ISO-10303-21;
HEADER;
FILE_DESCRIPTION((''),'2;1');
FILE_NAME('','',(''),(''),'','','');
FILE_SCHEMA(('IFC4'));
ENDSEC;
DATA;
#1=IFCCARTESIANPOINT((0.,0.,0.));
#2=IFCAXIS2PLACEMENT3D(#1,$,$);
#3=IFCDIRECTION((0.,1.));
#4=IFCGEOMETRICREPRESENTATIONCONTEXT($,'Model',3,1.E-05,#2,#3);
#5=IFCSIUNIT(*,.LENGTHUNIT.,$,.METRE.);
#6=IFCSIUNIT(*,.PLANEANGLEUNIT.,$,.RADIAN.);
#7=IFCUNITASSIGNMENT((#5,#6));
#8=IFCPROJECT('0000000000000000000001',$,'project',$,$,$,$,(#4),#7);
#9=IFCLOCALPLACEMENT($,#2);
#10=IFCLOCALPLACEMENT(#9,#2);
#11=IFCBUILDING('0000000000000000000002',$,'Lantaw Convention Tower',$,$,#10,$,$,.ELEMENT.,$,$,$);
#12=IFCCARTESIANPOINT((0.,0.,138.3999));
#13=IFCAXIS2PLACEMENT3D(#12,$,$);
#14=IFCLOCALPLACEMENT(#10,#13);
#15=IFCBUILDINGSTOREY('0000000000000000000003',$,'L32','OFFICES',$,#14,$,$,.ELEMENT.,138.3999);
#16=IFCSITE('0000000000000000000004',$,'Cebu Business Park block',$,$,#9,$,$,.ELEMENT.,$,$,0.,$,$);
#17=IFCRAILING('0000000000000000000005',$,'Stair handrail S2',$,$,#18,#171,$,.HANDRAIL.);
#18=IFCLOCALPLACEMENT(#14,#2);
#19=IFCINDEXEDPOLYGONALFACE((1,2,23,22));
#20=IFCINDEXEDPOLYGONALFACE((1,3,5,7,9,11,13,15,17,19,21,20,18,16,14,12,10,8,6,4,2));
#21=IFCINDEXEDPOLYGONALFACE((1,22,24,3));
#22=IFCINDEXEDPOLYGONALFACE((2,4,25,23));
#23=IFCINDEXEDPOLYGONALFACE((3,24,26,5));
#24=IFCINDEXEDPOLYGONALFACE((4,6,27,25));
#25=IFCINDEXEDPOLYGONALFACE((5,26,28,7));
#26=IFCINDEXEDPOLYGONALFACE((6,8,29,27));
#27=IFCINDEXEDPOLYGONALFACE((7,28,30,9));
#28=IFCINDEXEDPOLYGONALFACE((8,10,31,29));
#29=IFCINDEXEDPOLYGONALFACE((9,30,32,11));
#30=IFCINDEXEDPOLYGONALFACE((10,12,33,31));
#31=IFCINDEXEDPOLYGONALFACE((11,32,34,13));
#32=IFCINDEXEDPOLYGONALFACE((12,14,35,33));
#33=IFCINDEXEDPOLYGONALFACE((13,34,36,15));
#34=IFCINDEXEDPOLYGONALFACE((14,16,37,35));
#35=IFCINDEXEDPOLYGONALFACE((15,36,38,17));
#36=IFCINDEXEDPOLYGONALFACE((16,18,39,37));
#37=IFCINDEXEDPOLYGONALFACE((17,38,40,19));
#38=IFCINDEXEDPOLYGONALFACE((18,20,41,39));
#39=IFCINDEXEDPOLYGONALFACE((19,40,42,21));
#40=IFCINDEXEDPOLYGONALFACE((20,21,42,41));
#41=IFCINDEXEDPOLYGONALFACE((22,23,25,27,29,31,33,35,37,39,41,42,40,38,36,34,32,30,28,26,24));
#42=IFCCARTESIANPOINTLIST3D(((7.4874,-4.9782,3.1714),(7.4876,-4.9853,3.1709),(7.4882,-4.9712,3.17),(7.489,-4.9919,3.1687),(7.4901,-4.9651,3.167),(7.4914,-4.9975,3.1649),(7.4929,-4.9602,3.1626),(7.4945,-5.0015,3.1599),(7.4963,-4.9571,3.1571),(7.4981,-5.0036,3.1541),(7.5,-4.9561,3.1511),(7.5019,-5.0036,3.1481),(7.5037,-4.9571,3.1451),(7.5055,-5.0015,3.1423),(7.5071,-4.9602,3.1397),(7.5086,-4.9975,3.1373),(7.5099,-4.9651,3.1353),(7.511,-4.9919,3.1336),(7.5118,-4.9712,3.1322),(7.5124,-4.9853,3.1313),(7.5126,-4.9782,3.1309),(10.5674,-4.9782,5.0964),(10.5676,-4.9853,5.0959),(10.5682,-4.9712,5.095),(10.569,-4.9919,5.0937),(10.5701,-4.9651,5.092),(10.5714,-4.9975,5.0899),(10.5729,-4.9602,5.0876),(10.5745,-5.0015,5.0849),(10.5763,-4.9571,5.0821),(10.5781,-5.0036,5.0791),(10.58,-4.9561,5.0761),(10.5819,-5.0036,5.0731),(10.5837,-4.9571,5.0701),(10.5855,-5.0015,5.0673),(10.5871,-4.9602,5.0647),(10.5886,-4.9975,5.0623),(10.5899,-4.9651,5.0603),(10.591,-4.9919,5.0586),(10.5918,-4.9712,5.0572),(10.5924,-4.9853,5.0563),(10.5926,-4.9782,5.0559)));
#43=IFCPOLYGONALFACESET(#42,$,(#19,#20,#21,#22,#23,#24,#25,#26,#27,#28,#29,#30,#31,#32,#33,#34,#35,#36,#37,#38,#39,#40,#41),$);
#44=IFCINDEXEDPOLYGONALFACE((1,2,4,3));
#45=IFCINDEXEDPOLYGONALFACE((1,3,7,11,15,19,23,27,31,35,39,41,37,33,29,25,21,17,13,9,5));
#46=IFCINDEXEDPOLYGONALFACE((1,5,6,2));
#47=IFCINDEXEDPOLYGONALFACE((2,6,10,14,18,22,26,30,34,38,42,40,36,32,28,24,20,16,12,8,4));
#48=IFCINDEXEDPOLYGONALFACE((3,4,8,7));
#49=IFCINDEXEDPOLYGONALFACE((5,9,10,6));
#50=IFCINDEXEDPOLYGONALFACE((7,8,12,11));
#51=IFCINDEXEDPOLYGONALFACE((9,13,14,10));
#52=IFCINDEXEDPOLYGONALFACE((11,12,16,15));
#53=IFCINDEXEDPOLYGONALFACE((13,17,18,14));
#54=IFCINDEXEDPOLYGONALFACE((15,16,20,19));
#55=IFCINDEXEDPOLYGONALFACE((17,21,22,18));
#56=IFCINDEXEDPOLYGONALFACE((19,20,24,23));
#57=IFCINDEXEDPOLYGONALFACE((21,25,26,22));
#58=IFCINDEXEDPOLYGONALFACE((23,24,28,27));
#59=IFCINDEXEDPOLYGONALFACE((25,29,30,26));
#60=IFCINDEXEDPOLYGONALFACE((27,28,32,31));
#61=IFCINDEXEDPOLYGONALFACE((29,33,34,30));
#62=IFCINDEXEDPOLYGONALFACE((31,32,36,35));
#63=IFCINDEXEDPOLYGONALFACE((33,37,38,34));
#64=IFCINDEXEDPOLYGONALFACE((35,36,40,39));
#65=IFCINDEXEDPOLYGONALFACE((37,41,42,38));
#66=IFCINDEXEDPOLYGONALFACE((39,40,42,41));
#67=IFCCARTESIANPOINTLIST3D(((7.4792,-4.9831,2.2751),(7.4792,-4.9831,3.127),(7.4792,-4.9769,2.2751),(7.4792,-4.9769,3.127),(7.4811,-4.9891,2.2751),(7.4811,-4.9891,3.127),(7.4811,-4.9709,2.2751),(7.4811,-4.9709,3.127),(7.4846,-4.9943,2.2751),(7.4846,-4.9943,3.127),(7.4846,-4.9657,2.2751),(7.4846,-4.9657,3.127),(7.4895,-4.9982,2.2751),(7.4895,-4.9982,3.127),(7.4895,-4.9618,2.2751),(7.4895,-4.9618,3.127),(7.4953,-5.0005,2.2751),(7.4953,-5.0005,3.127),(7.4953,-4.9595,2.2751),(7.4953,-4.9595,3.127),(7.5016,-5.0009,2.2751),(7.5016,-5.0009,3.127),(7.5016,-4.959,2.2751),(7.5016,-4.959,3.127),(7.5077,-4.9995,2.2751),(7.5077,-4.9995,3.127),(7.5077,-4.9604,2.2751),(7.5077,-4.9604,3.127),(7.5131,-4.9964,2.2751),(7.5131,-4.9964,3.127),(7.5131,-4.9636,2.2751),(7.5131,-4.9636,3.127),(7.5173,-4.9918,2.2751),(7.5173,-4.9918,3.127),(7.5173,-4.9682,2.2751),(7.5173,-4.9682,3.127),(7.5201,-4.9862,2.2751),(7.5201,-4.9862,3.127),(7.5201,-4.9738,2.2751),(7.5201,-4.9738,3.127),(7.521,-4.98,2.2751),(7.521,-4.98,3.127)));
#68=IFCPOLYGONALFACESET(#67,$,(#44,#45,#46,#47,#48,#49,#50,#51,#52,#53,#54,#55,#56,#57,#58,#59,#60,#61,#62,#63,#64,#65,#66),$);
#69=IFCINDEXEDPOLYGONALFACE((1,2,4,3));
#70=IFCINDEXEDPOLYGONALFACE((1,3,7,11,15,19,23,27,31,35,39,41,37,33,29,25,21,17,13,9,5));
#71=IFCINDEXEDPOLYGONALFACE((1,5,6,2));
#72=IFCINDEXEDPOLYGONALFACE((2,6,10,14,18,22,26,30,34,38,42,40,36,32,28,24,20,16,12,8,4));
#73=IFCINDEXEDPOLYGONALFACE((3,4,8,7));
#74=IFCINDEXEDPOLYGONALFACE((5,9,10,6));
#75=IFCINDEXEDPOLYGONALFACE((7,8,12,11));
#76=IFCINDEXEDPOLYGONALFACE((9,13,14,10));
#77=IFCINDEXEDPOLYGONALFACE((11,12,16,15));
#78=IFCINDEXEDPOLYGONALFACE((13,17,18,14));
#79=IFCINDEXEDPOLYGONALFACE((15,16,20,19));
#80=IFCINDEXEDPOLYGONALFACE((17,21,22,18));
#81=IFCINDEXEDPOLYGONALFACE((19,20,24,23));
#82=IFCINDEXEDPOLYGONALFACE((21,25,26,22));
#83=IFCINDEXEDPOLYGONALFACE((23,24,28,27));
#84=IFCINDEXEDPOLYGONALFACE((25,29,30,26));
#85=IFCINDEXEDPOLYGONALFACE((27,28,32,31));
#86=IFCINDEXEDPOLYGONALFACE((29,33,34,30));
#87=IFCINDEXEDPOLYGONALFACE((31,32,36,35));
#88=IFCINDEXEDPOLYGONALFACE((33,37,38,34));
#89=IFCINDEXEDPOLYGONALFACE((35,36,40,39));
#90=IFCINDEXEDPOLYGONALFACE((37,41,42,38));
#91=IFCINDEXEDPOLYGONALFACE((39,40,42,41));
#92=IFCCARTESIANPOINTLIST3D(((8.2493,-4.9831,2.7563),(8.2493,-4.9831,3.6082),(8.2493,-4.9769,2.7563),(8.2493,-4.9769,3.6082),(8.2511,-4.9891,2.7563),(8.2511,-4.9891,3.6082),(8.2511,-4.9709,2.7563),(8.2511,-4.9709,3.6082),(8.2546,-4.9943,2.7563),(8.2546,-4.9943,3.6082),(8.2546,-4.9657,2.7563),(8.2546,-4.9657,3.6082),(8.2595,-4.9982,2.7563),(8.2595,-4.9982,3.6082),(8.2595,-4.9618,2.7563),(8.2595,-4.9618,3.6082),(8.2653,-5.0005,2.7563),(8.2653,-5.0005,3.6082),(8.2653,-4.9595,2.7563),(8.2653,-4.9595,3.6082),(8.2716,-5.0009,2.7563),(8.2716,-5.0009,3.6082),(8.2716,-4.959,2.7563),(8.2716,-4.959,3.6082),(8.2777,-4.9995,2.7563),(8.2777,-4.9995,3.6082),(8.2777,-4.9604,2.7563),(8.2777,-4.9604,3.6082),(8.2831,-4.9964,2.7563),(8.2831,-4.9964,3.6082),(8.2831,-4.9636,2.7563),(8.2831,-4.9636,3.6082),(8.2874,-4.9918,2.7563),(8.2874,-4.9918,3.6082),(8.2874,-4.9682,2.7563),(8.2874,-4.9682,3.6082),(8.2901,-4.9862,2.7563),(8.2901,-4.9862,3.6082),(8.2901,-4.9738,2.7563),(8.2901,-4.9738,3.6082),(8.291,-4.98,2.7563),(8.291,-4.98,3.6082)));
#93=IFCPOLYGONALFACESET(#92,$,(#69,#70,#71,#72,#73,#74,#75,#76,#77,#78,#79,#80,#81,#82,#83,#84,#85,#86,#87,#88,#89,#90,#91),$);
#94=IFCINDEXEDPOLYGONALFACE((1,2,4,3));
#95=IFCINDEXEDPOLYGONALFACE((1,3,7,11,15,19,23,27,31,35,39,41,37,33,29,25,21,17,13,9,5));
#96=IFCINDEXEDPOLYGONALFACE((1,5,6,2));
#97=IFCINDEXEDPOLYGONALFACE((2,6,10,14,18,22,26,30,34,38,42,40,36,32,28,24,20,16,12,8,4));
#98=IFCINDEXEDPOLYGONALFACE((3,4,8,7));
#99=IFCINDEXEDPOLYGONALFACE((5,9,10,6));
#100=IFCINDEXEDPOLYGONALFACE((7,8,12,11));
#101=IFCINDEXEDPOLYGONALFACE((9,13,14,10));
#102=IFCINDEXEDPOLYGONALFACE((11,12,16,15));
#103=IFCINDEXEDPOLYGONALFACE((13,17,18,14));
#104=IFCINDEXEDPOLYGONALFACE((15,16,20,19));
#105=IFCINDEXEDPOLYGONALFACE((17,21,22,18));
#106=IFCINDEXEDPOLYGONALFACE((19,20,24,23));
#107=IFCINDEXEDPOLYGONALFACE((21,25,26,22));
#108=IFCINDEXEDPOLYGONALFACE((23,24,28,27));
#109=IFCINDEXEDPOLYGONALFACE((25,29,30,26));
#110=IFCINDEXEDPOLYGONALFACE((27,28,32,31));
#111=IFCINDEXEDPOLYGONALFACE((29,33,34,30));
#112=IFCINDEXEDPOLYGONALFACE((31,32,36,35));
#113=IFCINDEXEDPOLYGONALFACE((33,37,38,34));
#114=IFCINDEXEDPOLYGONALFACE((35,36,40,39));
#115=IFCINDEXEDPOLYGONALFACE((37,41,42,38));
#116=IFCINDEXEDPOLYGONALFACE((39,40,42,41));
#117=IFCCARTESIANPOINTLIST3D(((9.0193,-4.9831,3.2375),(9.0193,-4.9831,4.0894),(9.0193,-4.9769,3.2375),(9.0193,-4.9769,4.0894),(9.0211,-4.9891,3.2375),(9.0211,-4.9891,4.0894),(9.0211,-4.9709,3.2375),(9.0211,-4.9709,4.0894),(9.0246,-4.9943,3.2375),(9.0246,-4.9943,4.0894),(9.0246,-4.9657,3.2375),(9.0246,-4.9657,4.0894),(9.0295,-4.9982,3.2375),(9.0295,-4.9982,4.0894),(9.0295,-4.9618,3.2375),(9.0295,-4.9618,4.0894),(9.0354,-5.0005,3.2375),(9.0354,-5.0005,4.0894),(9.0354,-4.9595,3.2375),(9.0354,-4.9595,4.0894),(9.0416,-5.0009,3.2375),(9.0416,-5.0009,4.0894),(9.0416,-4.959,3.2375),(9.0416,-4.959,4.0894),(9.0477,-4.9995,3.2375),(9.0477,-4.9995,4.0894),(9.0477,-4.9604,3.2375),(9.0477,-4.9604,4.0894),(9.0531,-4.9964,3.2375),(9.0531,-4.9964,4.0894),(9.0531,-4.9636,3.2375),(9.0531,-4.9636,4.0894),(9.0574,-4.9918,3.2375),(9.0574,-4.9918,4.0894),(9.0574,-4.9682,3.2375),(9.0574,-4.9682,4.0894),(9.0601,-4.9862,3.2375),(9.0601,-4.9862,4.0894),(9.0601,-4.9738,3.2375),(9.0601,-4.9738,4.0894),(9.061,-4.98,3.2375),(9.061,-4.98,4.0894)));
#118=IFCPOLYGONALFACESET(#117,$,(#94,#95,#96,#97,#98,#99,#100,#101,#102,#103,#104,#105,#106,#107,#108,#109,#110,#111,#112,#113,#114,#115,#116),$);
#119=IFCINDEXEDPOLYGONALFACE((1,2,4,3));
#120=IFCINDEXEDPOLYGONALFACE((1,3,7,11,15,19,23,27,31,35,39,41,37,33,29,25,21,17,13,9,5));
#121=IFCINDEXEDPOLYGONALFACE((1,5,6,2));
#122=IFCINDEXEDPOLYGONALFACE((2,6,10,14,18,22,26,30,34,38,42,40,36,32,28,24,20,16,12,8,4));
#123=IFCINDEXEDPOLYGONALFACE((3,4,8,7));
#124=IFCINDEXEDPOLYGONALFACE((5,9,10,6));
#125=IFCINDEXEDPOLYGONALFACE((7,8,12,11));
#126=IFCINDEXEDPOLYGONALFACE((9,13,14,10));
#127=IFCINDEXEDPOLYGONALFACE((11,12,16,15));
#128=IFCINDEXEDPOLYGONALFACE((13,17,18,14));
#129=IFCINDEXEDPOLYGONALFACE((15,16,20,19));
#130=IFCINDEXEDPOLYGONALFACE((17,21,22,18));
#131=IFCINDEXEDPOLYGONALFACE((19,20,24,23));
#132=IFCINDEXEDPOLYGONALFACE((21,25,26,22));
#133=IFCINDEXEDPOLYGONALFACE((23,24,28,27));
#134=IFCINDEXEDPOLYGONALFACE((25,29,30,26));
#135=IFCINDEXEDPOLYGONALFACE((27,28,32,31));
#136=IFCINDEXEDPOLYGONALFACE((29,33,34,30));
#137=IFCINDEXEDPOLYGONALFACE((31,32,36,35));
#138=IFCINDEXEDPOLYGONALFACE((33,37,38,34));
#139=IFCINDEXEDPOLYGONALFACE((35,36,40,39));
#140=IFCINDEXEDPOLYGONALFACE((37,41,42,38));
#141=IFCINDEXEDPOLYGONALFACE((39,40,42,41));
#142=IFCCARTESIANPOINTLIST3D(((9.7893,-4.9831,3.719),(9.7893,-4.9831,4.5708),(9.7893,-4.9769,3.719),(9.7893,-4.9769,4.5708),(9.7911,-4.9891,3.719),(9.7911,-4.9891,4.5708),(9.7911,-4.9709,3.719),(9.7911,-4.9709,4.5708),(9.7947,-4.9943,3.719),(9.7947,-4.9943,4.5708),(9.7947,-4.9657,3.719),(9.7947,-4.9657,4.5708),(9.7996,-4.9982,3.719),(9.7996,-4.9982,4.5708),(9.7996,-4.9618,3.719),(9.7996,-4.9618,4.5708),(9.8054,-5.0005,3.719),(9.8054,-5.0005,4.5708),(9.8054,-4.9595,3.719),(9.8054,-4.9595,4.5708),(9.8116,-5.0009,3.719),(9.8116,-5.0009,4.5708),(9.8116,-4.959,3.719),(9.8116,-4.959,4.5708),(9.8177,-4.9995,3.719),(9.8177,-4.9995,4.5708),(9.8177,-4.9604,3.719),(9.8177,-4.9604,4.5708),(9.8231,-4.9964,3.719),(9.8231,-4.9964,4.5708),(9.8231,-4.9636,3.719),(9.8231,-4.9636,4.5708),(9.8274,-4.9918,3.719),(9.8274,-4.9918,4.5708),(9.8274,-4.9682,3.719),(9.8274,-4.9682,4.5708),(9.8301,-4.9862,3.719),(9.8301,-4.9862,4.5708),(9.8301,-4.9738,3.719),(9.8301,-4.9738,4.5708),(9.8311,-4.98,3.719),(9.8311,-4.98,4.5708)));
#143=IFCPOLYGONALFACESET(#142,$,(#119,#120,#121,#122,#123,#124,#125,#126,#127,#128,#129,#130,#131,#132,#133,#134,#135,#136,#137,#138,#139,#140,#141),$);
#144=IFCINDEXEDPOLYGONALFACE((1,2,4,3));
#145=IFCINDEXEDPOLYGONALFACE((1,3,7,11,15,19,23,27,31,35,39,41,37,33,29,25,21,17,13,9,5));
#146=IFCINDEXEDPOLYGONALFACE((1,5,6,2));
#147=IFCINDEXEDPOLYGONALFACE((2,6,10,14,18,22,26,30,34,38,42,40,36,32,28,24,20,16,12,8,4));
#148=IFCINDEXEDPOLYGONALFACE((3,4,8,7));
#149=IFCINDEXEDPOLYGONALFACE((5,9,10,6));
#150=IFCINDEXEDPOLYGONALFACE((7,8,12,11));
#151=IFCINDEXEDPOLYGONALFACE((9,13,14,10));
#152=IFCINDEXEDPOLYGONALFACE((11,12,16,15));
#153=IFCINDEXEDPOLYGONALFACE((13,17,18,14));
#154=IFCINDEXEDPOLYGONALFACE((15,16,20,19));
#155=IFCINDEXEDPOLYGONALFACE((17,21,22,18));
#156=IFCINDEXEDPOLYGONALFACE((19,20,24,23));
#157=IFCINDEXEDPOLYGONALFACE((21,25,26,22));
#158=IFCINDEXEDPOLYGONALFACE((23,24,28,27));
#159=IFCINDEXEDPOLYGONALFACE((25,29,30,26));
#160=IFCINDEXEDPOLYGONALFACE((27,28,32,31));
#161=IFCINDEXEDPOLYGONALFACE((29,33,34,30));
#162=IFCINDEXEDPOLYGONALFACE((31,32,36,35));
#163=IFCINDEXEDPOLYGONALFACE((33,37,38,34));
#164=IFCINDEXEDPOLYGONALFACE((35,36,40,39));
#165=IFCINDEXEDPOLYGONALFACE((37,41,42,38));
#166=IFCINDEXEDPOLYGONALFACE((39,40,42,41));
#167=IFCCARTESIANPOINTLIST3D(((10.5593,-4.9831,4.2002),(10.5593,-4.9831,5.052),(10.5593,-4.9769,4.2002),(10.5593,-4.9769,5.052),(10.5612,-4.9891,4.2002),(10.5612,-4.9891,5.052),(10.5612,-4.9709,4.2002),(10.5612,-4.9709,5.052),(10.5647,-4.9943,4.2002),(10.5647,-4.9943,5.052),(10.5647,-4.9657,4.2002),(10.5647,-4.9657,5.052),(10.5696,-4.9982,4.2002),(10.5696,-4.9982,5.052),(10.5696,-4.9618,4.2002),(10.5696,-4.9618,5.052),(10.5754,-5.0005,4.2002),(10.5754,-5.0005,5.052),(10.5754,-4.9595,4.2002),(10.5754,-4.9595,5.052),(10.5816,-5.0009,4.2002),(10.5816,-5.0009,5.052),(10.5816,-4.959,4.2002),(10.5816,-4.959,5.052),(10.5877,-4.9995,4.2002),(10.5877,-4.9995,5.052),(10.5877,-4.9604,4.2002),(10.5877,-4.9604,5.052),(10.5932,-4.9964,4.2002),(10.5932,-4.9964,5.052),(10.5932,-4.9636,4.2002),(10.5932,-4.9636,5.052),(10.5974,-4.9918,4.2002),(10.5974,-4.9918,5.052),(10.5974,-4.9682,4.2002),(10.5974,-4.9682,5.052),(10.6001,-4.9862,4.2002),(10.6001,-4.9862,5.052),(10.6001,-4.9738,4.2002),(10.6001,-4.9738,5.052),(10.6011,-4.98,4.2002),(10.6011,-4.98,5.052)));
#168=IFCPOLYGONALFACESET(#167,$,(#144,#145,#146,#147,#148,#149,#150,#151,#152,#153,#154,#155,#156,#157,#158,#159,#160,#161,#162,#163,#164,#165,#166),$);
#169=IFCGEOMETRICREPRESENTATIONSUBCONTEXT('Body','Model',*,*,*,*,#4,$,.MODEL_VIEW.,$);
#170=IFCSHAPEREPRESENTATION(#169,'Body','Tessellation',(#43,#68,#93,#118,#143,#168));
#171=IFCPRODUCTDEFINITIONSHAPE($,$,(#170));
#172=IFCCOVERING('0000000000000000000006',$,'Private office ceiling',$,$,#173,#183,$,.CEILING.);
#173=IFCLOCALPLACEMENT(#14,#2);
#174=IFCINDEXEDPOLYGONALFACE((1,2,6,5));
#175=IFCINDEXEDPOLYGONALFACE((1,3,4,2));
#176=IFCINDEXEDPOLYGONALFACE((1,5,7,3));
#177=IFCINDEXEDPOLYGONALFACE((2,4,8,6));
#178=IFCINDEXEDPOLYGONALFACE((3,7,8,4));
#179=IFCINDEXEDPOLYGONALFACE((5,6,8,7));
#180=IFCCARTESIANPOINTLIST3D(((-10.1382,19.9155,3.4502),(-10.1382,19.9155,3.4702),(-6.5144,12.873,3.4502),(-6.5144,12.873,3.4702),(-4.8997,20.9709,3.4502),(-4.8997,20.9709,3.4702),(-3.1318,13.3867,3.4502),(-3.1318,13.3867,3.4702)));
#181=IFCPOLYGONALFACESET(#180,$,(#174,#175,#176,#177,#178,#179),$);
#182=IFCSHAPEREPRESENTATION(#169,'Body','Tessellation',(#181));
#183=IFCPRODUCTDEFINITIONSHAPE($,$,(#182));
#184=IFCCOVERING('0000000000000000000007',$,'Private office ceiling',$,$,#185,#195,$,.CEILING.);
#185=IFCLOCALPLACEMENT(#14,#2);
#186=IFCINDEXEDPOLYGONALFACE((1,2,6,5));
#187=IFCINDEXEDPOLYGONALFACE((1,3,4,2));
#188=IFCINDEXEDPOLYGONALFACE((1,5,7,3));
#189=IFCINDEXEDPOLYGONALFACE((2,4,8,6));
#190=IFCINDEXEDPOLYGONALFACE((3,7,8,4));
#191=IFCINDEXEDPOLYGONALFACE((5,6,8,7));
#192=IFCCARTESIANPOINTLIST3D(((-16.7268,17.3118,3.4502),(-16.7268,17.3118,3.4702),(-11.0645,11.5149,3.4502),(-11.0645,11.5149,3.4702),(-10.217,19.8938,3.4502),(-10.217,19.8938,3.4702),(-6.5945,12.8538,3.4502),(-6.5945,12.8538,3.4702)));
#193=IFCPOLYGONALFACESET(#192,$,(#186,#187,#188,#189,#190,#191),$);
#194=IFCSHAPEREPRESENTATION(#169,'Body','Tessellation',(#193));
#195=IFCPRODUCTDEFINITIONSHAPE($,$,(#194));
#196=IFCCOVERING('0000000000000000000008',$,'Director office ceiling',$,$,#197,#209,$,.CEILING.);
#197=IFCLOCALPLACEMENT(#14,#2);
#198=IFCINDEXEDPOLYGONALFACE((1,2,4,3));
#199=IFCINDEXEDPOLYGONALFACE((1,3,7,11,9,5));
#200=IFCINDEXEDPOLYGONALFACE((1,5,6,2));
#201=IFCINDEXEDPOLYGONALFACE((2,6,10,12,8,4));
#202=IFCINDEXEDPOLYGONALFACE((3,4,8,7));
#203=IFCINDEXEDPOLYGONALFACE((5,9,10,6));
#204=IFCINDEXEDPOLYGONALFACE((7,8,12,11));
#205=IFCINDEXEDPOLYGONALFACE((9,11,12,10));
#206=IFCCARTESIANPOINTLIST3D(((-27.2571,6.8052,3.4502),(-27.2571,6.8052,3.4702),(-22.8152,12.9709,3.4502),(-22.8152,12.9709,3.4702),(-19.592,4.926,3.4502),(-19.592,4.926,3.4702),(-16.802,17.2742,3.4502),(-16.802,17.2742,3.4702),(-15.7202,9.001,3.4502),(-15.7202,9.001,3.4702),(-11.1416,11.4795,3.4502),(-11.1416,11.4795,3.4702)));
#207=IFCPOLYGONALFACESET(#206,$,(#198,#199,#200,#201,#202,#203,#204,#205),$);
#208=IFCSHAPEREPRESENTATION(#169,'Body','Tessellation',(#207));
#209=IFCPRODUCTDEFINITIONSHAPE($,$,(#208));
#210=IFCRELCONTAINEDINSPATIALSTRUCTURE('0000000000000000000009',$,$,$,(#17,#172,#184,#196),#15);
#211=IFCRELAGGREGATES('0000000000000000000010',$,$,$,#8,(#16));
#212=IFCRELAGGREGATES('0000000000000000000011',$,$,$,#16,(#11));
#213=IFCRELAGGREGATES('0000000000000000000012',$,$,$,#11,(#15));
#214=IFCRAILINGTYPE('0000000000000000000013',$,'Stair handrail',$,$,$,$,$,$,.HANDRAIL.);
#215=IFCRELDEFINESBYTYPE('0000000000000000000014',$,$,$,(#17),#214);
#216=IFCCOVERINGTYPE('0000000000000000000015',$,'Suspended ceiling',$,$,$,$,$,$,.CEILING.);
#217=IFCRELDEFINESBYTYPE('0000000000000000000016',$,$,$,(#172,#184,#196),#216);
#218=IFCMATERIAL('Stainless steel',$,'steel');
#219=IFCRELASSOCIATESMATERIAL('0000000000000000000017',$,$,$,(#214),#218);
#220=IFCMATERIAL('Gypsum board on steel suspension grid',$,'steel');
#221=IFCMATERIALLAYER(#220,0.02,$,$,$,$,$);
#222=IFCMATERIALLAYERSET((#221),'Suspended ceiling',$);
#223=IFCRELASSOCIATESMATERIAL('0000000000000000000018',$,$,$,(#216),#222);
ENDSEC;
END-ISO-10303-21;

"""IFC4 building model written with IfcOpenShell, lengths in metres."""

from ifc_helpers import new_model, si_unit, direction, frame, origin, origin_2d, place, context, subcontext, project, spatial, polyline, circle, outline, extrude, material, layer, layer_set, type_object, element, save


model = new_model("IFC4")

# Units and contexts
model_context = context("Model", 3, precision=1e-05, world=origin(), true_north=direction((0.0, 1.0)))
body_context = subcontext(model_context, "Body", "Model", "MODEL_VIEW")
ifc_project = project(units=[si_unit("LENGTHUNIT", "METRE"), si_unit("PLANEANGLEUNIT", "RADIAN")], contexts=[model_context])

# Site, building, storey
site_placement = place(None, origin())
site = spatial("IfcSite", under=ifc_project, at=site_placement, Name="Cebu Business Park block", CompositionType="ELEMENT", RefElevation=0.0)
building_placement = place(site_placement, origin())
building = spatial("IfcBuilding", under=site, at=building_placement, Name="Lantaw Convention Tower", CompositionType="ELEMENT")
storey_placement = place(building_placement, frame((0.0, 0.0, 138.3999)))
storey = spatial("IfcBuildingStorey", under=building, at=storey_placement, Name="L32", Description="OFFICES", CompositionType="ELEMENT", Elevation=138.3999)

# Railing
ifc_material_1 = material(Name="Stainless steel", Category="steel")
railing_type = type_object("IfcRailingType", Name="Stair handrail", PredefinedType="HANDRAIL", material=ifc_material_1)
railing_1_placement = place(storey_placement, frame((7.5, -4.98, 2.2751)))
element("IfcRailing", 1, at=railing_1_placement, inside=storey, type_object=railing_type, Name="Stair handrail S2", PredefinedType="HANDRAIL", context=body_context, shape_type="SweptSolid", body=[
    extrude(circle(Radius=0.0239, at=origin_2d()), frame((0.0, 0.0, 0.876), z_axis=(0.847998, 0.0, 0.529999), x_axis=(0.0, 1.0, 0.0)), (0.0, 0.0, 1.0), 3.6321),
    extrude(circle(Radius=0.021, at=origin_2d()), origin(), (0.0, 0.0, 1.0), 0.8518),
    extrude(circle(Radius=0.021, at=origin_2d()), frame((0.77, 0.0, 0.4812)), (0.0, 0.0, 1.0), 0.8518),
    extrude(circle(Radius=0.021, at=origin_2d()), frame((1.54, 0.0, 0.9624)), (0.0, 0.0, 1.0), 0.8518),
    extrude(circle(Radius=0.021, at=origin_2d()), frame((2.3101, 0.0, 1.4438)), (0.0, 0.0, 1.0), 0.8518),
    extrude(circle(Radius=0.021, at=origin_2d()), frame((3.0801, 0.0, 1.925)), (0.0, 0.0, 1.0), 0.8518),
])

# Coverings
ifc_material_2 = material(Name="Gypsum board on steel suspension grid", Category="steel")
ifc_layer_1 = layer(ifc_material_2, 0.02)
ifc_layer_set_1 = layer_set([ifc_layer_1], Name="Suspended ceiling")
covering_type = type_object("IfcCoveringType", Name="Suspended ceiling", PredefinedType="CEILING", material=ifc_layer_set_1)
covering_1_placement = place(storey_placement, frame((0.0, 0.0, 3.4502)))
element("IfcCovering", 2, at=covering_1_placement, inside=storey, type_object=covering_type, Name="Private office ceiling", PredefinedType="CEILING", context=body_context, shape_type="SweptSolid", body=[
    extrude(outline(polyline([(-3.1318, 13.3867), (-4.8997, 20.9709), (-10.1382, 19.9155), (-6.5144, 12.873), (-3.1318, 13.3867)])), origin(), (0.0, 0.0, 1.0), 0.02),
])
covering_2_placement = place(storey_placement, frame((0.0, 0.0, 3.4502)))
element("IfcCovering", 3, at=covering_2_placement, inside=storey, type_object=covering_type, Name="Private office ceiling", PredefinedType="CEILING", context=body_context, shape_type="SweptSolid", body=[
    extrude(outline(polyline([(-6.5945, 12.8538), (-10.217, 19.8938), (-16.7268, 17.3118), (-11.0645, 11.5149), (-6.5945, 12.8538)])), origin(), (0.0, 0.0, 1.0), 0.02),
])
covering_3_placement = place(storey_placement, frame((0.0, 0.0, 3.4502)))
element("IfcCovering", 4, at=covering_3_placement, inside=storey, type_object=covering_type, Name="Director office ceiling", PredefinedType="CEILING", context=body_context, shape_type="SweptSolid", body=[
    extrude(outline(polyline([(-11.1416, 11.4795), (-16.802, 17.2742), (-22.8152, 12.9709), (-27.2571, 6.8052), (-19.592, 4.926), (-15.7202, 9.001), (-11.1416, 11.4795)])), origin(), (0.0, 0.0, 1.0), 0.02),
])

save(model, "model.ifc")
